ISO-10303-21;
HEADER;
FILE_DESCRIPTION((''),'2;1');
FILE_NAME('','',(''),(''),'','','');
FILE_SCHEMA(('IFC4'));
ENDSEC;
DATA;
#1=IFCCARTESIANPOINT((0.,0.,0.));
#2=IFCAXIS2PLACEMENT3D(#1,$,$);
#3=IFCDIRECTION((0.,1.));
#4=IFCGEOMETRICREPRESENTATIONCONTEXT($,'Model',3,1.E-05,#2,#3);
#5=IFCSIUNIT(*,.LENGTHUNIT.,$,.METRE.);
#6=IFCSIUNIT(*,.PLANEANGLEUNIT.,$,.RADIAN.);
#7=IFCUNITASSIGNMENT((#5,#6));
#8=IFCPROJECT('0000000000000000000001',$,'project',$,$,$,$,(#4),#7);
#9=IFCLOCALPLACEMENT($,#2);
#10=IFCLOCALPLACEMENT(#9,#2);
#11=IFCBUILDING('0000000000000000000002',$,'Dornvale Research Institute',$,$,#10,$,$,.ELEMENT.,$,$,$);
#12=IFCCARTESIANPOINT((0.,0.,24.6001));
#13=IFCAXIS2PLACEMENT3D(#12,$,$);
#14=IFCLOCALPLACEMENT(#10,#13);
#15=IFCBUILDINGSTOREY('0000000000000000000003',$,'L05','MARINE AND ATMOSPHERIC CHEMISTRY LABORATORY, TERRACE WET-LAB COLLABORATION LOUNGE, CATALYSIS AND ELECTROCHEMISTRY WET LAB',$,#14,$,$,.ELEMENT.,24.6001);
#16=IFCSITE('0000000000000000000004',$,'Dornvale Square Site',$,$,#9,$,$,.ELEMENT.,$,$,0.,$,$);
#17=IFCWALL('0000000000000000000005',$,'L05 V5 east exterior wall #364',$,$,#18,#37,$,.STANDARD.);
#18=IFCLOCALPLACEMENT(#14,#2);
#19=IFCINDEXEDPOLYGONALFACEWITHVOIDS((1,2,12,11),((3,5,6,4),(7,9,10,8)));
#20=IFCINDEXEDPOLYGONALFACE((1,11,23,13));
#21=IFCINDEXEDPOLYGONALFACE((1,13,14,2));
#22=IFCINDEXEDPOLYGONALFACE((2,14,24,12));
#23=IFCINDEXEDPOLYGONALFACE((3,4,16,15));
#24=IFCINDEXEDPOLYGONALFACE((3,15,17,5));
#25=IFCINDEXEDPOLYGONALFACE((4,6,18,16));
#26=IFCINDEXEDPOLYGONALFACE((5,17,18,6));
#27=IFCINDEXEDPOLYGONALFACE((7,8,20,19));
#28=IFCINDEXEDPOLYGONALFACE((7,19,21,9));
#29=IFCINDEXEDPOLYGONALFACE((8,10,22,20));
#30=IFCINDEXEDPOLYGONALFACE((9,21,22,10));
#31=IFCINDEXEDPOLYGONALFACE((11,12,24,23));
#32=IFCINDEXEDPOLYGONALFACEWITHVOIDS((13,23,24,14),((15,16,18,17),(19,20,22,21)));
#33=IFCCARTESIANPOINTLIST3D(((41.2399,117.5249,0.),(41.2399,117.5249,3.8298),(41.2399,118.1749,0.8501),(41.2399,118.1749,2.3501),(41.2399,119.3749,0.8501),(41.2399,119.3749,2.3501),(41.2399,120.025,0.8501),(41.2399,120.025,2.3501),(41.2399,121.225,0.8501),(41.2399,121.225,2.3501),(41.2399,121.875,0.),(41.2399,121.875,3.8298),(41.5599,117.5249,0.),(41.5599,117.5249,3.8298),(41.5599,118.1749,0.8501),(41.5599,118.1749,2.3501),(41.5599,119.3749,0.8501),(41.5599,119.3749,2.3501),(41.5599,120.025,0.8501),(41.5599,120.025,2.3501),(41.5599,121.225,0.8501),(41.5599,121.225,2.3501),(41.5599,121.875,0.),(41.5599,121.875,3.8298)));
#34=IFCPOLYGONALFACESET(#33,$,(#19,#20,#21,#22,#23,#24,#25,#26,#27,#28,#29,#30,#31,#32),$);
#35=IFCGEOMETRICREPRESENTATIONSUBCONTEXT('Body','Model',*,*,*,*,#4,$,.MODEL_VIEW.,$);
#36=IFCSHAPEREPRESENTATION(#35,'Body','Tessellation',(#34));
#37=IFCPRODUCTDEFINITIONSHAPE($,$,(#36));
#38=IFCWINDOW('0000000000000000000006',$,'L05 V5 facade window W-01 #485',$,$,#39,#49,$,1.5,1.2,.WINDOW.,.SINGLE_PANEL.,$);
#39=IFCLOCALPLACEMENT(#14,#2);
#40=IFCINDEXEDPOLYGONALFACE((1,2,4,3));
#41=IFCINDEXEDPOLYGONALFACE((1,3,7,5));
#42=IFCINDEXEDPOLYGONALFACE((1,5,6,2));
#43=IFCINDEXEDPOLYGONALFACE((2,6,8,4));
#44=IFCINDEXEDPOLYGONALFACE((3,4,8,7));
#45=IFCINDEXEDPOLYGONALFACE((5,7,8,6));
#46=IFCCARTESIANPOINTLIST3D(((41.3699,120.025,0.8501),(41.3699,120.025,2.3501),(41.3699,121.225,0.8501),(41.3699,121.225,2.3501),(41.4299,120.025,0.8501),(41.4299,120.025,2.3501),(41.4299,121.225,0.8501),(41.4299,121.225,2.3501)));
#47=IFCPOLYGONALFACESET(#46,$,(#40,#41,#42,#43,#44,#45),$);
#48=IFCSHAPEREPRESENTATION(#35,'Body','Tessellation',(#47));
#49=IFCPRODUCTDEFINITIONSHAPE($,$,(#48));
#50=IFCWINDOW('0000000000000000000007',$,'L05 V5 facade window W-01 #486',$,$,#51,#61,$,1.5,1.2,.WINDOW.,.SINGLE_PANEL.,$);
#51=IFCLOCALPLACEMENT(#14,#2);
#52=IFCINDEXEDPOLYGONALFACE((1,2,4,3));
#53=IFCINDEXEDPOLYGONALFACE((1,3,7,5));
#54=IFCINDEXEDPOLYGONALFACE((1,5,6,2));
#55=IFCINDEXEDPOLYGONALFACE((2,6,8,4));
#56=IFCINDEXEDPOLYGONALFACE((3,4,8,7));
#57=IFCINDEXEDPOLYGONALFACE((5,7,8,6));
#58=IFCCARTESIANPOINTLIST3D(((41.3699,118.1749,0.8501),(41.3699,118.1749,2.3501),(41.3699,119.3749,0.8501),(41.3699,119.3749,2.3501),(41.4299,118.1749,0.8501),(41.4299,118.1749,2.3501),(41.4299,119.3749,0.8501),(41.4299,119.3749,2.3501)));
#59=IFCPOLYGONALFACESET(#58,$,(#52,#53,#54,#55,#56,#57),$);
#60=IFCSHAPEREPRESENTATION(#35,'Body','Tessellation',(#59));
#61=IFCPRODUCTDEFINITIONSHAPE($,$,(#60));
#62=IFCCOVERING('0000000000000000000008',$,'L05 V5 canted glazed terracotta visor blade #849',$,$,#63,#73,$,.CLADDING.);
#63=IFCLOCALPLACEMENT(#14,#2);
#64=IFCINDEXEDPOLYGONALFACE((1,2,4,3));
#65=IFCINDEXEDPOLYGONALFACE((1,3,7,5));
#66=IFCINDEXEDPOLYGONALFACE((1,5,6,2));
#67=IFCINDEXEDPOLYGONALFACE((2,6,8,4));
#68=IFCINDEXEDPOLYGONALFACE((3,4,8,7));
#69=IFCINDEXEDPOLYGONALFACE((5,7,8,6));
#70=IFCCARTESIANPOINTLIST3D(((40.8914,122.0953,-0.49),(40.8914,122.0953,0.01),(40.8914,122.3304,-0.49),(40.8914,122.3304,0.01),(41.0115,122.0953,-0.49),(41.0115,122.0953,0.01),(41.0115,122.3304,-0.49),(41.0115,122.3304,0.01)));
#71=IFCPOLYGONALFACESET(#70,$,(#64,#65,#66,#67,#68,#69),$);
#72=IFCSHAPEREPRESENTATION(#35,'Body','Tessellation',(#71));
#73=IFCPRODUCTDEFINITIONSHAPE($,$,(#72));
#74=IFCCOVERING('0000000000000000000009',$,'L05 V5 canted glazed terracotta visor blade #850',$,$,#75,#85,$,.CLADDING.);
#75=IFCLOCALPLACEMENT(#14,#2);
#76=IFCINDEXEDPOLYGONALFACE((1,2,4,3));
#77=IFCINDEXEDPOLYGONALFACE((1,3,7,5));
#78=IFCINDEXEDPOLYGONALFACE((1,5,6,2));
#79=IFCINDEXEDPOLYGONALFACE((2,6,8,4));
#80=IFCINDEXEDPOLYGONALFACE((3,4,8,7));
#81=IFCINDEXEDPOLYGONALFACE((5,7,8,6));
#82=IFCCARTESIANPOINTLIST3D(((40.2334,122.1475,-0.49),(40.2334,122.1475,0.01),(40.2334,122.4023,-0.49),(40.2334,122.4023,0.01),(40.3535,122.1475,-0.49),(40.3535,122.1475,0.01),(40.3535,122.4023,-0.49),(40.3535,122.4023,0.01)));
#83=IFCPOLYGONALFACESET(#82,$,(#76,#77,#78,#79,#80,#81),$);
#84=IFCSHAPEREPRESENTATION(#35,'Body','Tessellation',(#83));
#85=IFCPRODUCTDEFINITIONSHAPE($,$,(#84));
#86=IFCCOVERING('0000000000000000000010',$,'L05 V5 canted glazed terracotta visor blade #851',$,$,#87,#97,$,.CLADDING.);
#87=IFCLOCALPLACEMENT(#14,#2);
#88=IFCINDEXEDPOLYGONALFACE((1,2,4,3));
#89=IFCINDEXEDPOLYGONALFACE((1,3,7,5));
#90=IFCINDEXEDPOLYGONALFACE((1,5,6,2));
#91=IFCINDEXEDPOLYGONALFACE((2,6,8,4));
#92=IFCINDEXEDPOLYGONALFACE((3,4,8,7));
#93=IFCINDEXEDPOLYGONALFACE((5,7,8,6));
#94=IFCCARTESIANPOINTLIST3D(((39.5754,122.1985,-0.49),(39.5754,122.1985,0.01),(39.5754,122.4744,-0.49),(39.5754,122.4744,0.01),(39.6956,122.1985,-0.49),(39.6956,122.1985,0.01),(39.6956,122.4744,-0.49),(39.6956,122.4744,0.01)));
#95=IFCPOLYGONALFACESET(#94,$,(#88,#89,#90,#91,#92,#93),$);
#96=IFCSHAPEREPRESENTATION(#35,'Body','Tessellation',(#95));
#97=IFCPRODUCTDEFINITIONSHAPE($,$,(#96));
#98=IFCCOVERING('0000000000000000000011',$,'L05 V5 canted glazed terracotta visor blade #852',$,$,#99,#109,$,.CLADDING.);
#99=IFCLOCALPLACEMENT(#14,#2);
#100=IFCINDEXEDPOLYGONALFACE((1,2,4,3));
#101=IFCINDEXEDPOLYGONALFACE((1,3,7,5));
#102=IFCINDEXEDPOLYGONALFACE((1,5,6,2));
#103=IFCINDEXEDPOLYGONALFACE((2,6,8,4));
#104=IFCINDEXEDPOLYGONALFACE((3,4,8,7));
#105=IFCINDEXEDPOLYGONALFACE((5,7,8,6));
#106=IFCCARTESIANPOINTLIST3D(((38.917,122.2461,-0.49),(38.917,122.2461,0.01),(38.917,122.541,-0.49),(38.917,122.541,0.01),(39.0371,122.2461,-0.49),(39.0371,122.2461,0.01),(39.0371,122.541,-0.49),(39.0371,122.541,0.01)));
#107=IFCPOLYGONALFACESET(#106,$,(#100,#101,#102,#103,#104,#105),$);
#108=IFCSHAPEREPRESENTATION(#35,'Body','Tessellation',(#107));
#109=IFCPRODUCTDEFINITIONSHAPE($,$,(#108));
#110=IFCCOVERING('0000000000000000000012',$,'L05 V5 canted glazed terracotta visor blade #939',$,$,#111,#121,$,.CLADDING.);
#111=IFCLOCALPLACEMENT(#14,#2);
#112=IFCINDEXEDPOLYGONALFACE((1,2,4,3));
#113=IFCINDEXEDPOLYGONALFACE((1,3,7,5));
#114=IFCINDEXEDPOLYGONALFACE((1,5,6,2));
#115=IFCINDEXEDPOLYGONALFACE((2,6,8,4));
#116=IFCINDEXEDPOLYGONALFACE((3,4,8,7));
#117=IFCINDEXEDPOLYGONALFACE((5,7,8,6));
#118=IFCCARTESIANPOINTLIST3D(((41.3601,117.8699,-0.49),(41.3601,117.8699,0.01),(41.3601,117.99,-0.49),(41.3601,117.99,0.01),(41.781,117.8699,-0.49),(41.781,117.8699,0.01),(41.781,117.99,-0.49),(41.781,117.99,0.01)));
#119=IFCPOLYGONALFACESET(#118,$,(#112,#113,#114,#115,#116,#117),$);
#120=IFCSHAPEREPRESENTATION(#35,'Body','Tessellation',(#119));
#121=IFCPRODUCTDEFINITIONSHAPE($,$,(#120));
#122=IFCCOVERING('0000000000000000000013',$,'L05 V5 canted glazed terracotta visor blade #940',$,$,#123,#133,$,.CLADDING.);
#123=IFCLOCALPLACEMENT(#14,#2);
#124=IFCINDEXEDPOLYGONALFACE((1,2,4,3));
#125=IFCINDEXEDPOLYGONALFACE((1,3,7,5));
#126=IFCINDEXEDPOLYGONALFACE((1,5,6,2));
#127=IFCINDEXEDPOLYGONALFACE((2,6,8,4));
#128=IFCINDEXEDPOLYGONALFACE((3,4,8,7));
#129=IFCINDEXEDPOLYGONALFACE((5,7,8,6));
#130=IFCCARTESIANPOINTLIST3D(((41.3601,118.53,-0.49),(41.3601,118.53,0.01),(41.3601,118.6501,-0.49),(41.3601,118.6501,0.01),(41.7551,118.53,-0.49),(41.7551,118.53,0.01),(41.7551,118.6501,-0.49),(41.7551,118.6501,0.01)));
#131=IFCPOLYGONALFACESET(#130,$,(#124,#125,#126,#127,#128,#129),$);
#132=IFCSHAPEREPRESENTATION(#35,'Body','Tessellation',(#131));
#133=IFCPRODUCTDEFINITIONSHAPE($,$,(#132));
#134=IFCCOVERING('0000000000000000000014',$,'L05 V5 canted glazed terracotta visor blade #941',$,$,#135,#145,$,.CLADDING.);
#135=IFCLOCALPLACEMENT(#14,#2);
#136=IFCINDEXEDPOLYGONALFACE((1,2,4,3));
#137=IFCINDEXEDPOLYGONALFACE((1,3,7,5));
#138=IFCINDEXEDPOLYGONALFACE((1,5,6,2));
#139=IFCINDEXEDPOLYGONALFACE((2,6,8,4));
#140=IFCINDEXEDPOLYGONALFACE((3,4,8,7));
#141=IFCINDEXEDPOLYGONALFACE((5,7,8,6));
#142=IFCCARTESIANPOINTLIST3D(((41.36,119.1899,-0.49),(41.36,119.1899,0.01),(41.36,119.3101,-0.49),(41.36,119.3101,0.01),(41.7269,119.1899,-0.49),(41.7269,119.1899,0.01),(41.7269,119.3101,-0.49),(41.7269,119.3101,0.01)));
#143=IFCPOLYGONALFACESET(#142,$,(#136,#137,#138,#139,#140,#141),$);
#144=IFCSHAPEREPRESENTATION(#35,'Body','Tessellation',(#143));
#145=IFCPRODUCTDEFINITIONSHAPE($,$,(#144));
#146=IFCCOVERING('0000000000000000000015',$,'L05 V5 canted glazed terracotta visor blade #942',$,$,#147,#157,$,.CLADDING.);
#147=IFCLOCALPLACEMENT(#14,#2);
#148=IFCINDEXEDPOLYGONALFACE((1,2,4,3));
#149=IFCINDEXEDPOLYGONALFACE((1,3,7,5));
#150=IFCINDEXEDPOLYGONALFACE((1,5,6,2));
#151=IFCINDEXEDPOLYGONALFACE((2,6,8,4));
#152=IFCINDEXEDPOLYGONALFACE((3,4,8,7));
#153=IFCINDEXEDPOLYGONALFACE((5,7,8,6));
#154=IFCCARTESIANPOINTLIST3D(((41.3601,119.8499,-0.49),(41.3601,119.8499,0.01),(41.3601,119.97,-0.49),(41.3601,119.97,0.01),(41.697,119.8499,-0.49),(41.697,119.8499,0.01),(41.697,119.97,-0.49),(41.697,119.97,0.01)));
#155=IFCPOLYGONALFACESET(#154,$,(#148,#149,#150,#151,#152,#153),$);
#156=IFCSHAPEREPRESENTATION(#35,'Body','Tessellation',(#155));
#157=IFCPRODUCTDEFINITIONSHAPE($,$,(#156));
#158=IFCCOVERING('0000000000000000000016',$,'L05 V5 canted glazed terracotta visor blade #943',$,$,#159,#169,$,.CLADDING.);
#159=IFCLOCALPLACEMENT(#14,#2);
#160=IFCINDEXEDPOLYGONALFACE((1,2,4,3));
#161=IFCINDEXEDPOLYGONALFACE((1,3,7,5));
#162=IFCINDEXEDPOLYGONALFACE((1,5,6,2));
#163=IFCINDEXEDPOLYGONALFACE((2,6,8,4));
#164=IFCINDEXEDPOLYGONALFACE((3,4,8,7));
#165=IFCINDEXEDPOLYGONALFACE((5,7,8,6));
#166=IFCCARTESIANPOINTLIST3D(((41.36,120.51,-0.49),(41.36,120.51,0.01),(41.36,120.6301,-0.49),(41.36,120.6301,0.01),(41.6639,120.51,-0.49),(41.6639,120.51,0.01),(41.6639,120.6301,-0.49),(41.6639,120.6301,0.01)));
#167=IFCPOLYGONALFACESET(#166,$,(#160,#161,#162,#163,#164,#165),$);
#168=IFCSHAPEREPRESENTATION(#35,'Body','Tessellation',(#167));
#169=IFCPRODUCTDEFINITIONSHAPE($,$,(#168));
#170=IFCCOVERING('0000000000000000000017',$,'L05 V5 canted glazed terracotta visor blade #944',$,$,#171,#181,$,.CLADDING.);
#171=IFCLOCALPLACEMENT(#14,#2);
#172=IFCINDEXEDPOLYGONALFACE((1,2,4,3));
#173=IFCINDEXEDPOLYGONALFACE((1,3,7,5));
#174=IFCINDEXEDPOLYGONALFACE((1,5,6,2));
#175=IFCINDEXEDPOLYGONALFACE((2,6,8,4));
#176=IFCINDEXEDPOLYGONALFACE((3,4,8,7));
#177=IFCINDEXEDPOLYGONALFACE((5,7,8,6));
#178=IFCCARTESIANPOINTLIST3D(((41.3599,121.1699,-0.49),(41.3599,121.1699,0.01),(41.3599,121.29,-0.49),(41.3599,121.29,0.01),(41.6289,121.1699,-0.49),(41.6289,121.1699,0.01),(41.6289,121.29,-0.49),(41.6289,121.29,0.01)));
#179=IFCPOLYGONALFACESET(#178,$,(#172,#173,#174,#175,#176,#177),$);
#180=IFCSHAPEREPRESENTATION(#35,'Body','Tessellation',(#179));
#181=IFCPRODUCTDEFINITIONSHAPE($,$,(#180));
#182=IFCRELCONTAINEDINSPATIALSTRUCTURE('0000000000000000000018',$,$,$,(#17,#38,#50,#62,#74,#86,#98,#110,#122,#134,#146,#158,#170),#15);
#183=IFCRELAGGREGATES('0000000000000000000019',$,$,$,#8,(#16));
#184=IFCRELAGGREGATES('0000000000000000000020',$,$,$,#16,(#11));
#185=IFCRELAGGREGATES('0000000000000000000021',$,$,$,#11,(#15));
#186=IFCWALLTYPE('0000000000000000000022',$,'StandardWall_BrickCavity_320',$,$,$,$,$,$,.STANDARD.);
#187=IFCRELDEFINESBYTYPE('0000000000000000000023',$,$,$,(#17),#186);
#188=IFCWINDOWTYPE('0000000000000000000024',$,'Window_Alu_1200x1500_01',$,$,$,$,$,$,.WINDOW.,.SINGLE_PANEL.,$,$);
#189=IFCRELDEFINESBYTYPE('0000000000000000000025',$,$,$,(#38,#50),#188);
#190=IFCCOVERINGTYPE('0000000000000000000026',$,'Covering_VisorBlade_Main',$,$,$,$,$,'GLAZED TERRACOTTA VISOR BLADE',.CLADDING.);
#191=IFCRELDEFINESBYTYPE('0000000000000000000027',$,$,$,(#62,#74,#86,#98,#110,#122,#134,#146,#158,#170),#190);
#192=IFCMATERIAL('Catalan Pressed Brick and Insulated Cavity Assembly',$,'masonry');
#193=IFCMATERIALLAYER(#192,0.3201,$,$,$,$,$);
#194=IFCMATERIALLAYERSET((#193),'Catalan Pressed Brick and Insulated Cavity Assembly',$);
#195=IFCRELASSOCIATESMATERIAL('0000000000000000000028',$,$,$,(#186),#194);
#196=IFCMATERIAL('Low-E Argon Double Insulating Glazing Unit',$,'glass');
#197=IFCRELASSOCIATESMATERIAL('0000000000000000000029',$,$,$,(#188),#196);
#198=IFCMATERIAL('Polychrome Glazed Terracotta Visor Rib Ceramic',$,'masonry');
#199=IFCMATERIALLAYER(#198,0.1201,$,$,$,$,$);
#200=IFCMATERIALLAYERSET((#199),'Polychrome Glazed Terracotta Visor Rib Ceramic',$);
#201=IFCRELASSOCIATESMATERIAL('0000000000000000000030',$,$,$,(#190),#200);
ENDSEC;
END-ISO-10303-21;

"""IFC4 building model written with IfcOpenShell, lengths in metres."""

from ifc_helpers import new_model, si_unit, direction, frame, frame_2d, origin, origin_2d, place, context, subcontext, project, spatial, rectangle, extrude, material, layer, layer_set, type_object, element, fill, save


model = new_model("IFC4")

# Units and contexts
model_context = context("Model", 3, precision=1e-05, world=origin(), true_north=direction((0.0, 1.0)))
body_context = subcontext(model_context, "Body", "Model", "MODEL_VIEW")
ifc_project = project(units=[si_unit("LENGTHUNIT", "METRE"), si_unit("PLANEANGLEUNIT", "RADIAN")], contexts=[model_context])

# Site, building, storey
site_placement = place(None, origin())
site = spatial("IfcSite", under=ifc_project, at=site_placement, Name="Dornvale Square Site", CompositionType="ELEMENT", RefElevation=0.0)
building_placement = place(site_placement, origin())
building = spatial("IfcBuilding", under=site, at=building_placement, Name="Dornvale Research Institute", CompositionType="ELEMENT")
storey_placement = place(building_placement, frame((0.0, 0.0, 24.6001)))
storey = spatial("IfcBuildingStorey", under=building, at=storey_placement, Name="L05", Description="MARINE AND ATMOSPHERIC CHEMISTRY LABORATORY, TERRACE WET-LAB COLLABORATION LOUNGE, CATALYSIS AND ELECTROCHEMISTRY WET LAB", CompositionType="ELEMENT", Elevation=24.6001)

# Wall, openings, windows
ifc_material_1 = material(Name="Catalan Pressed Brick and Insulated Cavity Assembly", Category="masonry")
ifc_layer_1 = layer(ifc_material_1, 0.3201)
ifc_layer_set_1 = layer_set([ifc_layer_1], Name="Catalan Pressed Brick and Insulated Cavity Assembly")
wall_type = type_object("IfcWallType", Name="StandardWall_BrickCavity_320", PredefinedType="STANDARD", material=ifc_layer_set_1)
wall_placement = place(storey_placement, frame((41.3999, 121.875, 0.0), z_axis=(0.0, 0.0, 1.0), x_axis=(0.0, -1.0, 0.0)))
wall = element("IfcWall", 1, at=wall_placement, inside=storey, type_object=wall_type, Name="L05 V5 east exterior wall #364", PredefinedType="STANDARD", context=body_context, shape_type="SweptSolid", body=[
    extrude(rectangle(XDim=4.3501, YDim=0.3201, at=frame_2d((2.175, 0.0))), origin(), (0.0, 0.0, 1.0), 3.8298),
])
opening_1_placement = place(wall_placement, frame((0.6499, 0.0, 0.8501)))
opening_1 = element("IfcOpeningElement", 2, at=opening_1_placement, cuts=wall, PredefinedType="OPENING", context=body_context, shape_type="SweptSolid", body=[
    extrude(rectangle(XDim=1.2, YDim=1.5, at=frame_2d((0.6001, 0.75))), frame((0.0, 0.175, 0.0), z_axis=(0.0, -1.0, 0.0), x_axis=(1.0, 0.0, 0.0)), (0.0, 0.0, 1.0), 0.3501),
])
opening_2_placement = place(wall_placement, frame((2.5, 0.0, 0.8501)))
opening_2 = element("IfcOpeningElement", 3, at=opening_2_placement, cuts=wall, PredefinedType="OPENING", context=body_context, shape_type="SweptSolid", body=[
    extrude(rectangle(XDim=1.2, YDim=1.5, at=frame_2d((0.6001, 0.75))), frame((0.0, 0.175, 0.0), z_axis=(0.0, -1.0, 0.0), x_axis=(1.0, 0.0, 0.0)), (0.0, 0.0, 1.0), 0.3501),
])
ifc_material_2 = material(Name="Low-E Argon Double Insulating Glazing Unit", Category="glass")
window_type = type_object("IfcWindowType", Name="Window_Alu_1200x1500_01", PartitioningType="SINGLE_PANEL", PredefinedType="WINDOW", material=ifc_material_2)
window_1_placement = place(opening_1_placement, origin())
window_1 = element("IfcWindow", 4, at=window_1_placement, inside=storey, type_object=window_type, Name="L05 V5 facade window W-01 #485", OverallHeight=1.5, OverallWidth=1.2, PartitioningType="SINGLE_PANEL", PredefinedType="WINDOW", context=body_context, shape_type="SweptSolid", body=[
    extrude(rectangle(XDim=1.2, YDim=1.5, at=frame_2d((0.6001, 0.75))), frame((0.0, 0.03, 0.0), z_axis=(0.0, -1.0, 0.0), x_axis=(1.0, 0.0, 0.0)), (0.0, 0.0, 1.0), 0.0601),
])
fill(opening_1, window_1)
window_2_placement = place(opening_2_placement, origin())
window_2 = element("IfcWindow", 5, at=window_2_placement, inside=storey, type_object=window_type, Name="L05 V5 facade window W-01 #486", OverallHeight=1.5, OverallWidth=1.2, PartitioningType="SINGLE_PANEL", PredefinedType="WINDOW", context=body_context, shape_type="SweptSolid", body=[
    extrude(rectangle(XDim=1.2, YDim=1.5, at=frame_2d((0.6001, 0.75))), frame((0.0, 0.03, 0.0), z_axis=(0.0, -1.0, 0.0), x_axis=(1.0, 0.0, 0.0)), (0.0, 0.0, 1.0), 0.0601),
])
fill(opening_2, window_2)

# Coverings
ifc_material_3 = material(Name="Polychrome Glazed Terracotta Visor Rib Ceramic", Category="masonry")
ifc_layer_2 = layer(ifc_material_3, 0.1201)
ifc_layer_set_2 = layer_set([ifc_layer_2], Name="Polychrome Glazed Terracotta Visor Rib Ceramic")
covering_type = type_object("IfcCoveringType", Name="Covering_VisorBlade_Main", ElementType="GLAZED TERRACOTTA VISOR BLADE", PredefinedType="CLADDING", material=ifc_layer_set_2)
covering_1_placement = place(storey_placement, frame((40.9514, 122.2129, -0.49), z_axis=(0.0, 0.0, 1.0), x_axis=(0.0, 1.0, 0.0)))
element("IfcCovering", 6, at=covering_1_placement, inside=storey, type_object=covering_type, Name="L05 V5 canted glazed terracotta visor blade #849", PredefinedType="CLADDING", context=body_context, shape_type="SweptSolid", body=[
    extrude(rectangle(XDim=0.2351, YDim=0.1201, at=origin_2d()), origin(), (0.0, 0.0, 1.0), 0.5),
])
covering_2_placement = place(storey_placement, frame((40.2935, 122.2749, -0.49), z_axis=(0.0, 0.0, 1.0), x_axis=(0.0, 1.0, 0.0)))
element("IfcCovering", 7, at=covering_2_placement, inside=storey, type_object=covering_type, Name="L05 V5 canted glazed terracotta visor blade #850", PredefinedType="CLADDING", context=body_context, shape_type="SweptSolid", body=[
    extrude(rectangle(XDim=0.2549, YDim=0.1201, at=origin_2d()), origin(), (0.0, 0.0, 1.0), 0.5),
])
covering_3_placement = place(storey_placement, frame((39.6355, 122.3364, -0.49), z_axis=(0.0, 0.0, 1.0), x_axis=(0.0, 1.0, 0.0)))
element("IfcCovering", 8, at=covering_3_placement, inside=storey, type_object=covering_type, Name="L05 V5 canted glazed terracotta visor blade #851", PredefinedType="CLADDING", context=body_context, shape_type="SweptSolid", body=[
    extrude(rectangle(XDim=0.2759, YDim=0.1201, at=origin_2d()), origin(), (0.0, 0.0, 1.0), 0.5),
])
covering_4_placement = place(storey_placement, frame((38.9771, 122.3936, -0.49), z_axis=(0.0, 0.0, 1.0), x_axis=(0.0, 1.0, 0.0)))
element("IfcCovering", 9, at=covering_4_placement, inside=storey, type_object=covering_type, Name="L05 V5 canted glazed terracotta visor blade #852", PredefinedType="CLADDING", context=body_context, shape_type="SweptSolid", body=[
    extrude(rectangle(XDim=0.2949, YDim=0.1201, at=origin_2d()), origin(), (0.0, 0.0, 1.0), 0.5),
])
covering_5_placement = place(storey_placement, frame((41.5706, 117.9299, -0.49), z_axis=(0.0, 0.0, 1.0), x_axis=(1.0, 0.0, 0.0)))
element("IfcCovering", 10, at=covering_5_placement, inside=storey, type_object=covering_type, Name="L05 V5 canted glazed terracotta visor blade #939", PredefinedType="CLADDING", context=body_context, shape_type="SweptSolid", body=[
    extrude(rectangle(XDim=0.4209, YDim=0.1201, at=origin_2d()), origin(), (0.0, 0.0, 1.0), 0.5),
])
covering_6_placement = place(storey_placement, frame((41.5576, 118.5901, -0.49), z_axis=(0.0, 0.0, 1.0), x_axis=(1.0, 0.0, 0.0)))
element("IfcCovering", 11, at=covering_6_placement, inside=storey, type_object=covering_type, Name="L05 V5 canted glazed terracotta visor blade #940", PredefinedType="CLADDING", context=body_context, shape_type="SweptSolid", body=[
    extrude(rectangle(XDim=0.395, YDim=0.1201, at=origin_2d()), origin(), (0.0, 0.0, 1.0), 0.5),
])
covering_7_placement = place(storey_placement, frame((41.5435, 119.25, -0.49), z_axis=(0.0, 0.0, 1.0), x_axis=(1.0, 0.0, 0.0)))
element("IfcCovering", 12, at=covering_7_placement, inside=storey, type_object=covering_type, Name="L05 V5 canted glazed terracotta visor blade #941", PredefinedType="CLADDING", context=body_context, shape_type="SweptSolid", body=[
    extrude(rectangle(XDim=0.3669, YDim=0.1201, at=origin_2d()), origin(), (0.0, 0.0, 1.0), 0.5),
])
covering_8_placement = place(storey_placement, frame((41.5286, 119.9099, -0.49), z_axis=(0.0, 0.0, 1.0), x_axis=(1.0, 0.0, 0.0)))
element("IfcCovering", 13, at=covering_8_placement, inside=storey, type_object=covering_type, Name="L05 V5 canted glazed terracotta visor blade #942", PredefinedType="CLADDING", context=body_context, shape_type="SweptSolid", body=[
    extrude(rectangle(XDim=0.3369, YDim=0.1201, at=origin_2d()), origin(), (0.0, 0.0, 1.0), 0.5),
])
covering_9_placement = place(storey_placement, frame((41.512, 120.5701, -0.49), z_axis=(0.0, 0.0, 1.0), x_axis=(1.0, 0.0, 0.0)))
element("IfcCovering", 14, at=covering_9_placement, inside=storey, type_object=covering_type, Name="L05 V5 canted glazed terracotta visor blade #943", PredefinedType="CLADDING", context=body_context, shape_type="SweptSolid", body=[
    extrude(rectangle(XDim=0.304, YDim=0.1201, at=origin_2d()), origin(), (0.0, 0.0, 1.0), 0.5),
])
covering_10_placement = place(storey_placement, frame((41.4944, 121.23, -0.49), z_axis=(0.0, 0.0, 1.0), x_axis=(1.0, 0.0, 0.0)))
element("IfcCovering", 15, at=covering_10_placement, inside=storey, type_object=covering_type, Name="L05 V5 canted glazed terracotta visor blade #944", PredefinedType="CLADDING", context=body_context, shape_type="SweptSolid", body=[
    extrude(rectangle(XDim=0.269, YDim=0.1201, at=origin_2d()), origin(), (0.0, 0.0, 1.0), 0.5),
])

save(model, "model.ifc")
